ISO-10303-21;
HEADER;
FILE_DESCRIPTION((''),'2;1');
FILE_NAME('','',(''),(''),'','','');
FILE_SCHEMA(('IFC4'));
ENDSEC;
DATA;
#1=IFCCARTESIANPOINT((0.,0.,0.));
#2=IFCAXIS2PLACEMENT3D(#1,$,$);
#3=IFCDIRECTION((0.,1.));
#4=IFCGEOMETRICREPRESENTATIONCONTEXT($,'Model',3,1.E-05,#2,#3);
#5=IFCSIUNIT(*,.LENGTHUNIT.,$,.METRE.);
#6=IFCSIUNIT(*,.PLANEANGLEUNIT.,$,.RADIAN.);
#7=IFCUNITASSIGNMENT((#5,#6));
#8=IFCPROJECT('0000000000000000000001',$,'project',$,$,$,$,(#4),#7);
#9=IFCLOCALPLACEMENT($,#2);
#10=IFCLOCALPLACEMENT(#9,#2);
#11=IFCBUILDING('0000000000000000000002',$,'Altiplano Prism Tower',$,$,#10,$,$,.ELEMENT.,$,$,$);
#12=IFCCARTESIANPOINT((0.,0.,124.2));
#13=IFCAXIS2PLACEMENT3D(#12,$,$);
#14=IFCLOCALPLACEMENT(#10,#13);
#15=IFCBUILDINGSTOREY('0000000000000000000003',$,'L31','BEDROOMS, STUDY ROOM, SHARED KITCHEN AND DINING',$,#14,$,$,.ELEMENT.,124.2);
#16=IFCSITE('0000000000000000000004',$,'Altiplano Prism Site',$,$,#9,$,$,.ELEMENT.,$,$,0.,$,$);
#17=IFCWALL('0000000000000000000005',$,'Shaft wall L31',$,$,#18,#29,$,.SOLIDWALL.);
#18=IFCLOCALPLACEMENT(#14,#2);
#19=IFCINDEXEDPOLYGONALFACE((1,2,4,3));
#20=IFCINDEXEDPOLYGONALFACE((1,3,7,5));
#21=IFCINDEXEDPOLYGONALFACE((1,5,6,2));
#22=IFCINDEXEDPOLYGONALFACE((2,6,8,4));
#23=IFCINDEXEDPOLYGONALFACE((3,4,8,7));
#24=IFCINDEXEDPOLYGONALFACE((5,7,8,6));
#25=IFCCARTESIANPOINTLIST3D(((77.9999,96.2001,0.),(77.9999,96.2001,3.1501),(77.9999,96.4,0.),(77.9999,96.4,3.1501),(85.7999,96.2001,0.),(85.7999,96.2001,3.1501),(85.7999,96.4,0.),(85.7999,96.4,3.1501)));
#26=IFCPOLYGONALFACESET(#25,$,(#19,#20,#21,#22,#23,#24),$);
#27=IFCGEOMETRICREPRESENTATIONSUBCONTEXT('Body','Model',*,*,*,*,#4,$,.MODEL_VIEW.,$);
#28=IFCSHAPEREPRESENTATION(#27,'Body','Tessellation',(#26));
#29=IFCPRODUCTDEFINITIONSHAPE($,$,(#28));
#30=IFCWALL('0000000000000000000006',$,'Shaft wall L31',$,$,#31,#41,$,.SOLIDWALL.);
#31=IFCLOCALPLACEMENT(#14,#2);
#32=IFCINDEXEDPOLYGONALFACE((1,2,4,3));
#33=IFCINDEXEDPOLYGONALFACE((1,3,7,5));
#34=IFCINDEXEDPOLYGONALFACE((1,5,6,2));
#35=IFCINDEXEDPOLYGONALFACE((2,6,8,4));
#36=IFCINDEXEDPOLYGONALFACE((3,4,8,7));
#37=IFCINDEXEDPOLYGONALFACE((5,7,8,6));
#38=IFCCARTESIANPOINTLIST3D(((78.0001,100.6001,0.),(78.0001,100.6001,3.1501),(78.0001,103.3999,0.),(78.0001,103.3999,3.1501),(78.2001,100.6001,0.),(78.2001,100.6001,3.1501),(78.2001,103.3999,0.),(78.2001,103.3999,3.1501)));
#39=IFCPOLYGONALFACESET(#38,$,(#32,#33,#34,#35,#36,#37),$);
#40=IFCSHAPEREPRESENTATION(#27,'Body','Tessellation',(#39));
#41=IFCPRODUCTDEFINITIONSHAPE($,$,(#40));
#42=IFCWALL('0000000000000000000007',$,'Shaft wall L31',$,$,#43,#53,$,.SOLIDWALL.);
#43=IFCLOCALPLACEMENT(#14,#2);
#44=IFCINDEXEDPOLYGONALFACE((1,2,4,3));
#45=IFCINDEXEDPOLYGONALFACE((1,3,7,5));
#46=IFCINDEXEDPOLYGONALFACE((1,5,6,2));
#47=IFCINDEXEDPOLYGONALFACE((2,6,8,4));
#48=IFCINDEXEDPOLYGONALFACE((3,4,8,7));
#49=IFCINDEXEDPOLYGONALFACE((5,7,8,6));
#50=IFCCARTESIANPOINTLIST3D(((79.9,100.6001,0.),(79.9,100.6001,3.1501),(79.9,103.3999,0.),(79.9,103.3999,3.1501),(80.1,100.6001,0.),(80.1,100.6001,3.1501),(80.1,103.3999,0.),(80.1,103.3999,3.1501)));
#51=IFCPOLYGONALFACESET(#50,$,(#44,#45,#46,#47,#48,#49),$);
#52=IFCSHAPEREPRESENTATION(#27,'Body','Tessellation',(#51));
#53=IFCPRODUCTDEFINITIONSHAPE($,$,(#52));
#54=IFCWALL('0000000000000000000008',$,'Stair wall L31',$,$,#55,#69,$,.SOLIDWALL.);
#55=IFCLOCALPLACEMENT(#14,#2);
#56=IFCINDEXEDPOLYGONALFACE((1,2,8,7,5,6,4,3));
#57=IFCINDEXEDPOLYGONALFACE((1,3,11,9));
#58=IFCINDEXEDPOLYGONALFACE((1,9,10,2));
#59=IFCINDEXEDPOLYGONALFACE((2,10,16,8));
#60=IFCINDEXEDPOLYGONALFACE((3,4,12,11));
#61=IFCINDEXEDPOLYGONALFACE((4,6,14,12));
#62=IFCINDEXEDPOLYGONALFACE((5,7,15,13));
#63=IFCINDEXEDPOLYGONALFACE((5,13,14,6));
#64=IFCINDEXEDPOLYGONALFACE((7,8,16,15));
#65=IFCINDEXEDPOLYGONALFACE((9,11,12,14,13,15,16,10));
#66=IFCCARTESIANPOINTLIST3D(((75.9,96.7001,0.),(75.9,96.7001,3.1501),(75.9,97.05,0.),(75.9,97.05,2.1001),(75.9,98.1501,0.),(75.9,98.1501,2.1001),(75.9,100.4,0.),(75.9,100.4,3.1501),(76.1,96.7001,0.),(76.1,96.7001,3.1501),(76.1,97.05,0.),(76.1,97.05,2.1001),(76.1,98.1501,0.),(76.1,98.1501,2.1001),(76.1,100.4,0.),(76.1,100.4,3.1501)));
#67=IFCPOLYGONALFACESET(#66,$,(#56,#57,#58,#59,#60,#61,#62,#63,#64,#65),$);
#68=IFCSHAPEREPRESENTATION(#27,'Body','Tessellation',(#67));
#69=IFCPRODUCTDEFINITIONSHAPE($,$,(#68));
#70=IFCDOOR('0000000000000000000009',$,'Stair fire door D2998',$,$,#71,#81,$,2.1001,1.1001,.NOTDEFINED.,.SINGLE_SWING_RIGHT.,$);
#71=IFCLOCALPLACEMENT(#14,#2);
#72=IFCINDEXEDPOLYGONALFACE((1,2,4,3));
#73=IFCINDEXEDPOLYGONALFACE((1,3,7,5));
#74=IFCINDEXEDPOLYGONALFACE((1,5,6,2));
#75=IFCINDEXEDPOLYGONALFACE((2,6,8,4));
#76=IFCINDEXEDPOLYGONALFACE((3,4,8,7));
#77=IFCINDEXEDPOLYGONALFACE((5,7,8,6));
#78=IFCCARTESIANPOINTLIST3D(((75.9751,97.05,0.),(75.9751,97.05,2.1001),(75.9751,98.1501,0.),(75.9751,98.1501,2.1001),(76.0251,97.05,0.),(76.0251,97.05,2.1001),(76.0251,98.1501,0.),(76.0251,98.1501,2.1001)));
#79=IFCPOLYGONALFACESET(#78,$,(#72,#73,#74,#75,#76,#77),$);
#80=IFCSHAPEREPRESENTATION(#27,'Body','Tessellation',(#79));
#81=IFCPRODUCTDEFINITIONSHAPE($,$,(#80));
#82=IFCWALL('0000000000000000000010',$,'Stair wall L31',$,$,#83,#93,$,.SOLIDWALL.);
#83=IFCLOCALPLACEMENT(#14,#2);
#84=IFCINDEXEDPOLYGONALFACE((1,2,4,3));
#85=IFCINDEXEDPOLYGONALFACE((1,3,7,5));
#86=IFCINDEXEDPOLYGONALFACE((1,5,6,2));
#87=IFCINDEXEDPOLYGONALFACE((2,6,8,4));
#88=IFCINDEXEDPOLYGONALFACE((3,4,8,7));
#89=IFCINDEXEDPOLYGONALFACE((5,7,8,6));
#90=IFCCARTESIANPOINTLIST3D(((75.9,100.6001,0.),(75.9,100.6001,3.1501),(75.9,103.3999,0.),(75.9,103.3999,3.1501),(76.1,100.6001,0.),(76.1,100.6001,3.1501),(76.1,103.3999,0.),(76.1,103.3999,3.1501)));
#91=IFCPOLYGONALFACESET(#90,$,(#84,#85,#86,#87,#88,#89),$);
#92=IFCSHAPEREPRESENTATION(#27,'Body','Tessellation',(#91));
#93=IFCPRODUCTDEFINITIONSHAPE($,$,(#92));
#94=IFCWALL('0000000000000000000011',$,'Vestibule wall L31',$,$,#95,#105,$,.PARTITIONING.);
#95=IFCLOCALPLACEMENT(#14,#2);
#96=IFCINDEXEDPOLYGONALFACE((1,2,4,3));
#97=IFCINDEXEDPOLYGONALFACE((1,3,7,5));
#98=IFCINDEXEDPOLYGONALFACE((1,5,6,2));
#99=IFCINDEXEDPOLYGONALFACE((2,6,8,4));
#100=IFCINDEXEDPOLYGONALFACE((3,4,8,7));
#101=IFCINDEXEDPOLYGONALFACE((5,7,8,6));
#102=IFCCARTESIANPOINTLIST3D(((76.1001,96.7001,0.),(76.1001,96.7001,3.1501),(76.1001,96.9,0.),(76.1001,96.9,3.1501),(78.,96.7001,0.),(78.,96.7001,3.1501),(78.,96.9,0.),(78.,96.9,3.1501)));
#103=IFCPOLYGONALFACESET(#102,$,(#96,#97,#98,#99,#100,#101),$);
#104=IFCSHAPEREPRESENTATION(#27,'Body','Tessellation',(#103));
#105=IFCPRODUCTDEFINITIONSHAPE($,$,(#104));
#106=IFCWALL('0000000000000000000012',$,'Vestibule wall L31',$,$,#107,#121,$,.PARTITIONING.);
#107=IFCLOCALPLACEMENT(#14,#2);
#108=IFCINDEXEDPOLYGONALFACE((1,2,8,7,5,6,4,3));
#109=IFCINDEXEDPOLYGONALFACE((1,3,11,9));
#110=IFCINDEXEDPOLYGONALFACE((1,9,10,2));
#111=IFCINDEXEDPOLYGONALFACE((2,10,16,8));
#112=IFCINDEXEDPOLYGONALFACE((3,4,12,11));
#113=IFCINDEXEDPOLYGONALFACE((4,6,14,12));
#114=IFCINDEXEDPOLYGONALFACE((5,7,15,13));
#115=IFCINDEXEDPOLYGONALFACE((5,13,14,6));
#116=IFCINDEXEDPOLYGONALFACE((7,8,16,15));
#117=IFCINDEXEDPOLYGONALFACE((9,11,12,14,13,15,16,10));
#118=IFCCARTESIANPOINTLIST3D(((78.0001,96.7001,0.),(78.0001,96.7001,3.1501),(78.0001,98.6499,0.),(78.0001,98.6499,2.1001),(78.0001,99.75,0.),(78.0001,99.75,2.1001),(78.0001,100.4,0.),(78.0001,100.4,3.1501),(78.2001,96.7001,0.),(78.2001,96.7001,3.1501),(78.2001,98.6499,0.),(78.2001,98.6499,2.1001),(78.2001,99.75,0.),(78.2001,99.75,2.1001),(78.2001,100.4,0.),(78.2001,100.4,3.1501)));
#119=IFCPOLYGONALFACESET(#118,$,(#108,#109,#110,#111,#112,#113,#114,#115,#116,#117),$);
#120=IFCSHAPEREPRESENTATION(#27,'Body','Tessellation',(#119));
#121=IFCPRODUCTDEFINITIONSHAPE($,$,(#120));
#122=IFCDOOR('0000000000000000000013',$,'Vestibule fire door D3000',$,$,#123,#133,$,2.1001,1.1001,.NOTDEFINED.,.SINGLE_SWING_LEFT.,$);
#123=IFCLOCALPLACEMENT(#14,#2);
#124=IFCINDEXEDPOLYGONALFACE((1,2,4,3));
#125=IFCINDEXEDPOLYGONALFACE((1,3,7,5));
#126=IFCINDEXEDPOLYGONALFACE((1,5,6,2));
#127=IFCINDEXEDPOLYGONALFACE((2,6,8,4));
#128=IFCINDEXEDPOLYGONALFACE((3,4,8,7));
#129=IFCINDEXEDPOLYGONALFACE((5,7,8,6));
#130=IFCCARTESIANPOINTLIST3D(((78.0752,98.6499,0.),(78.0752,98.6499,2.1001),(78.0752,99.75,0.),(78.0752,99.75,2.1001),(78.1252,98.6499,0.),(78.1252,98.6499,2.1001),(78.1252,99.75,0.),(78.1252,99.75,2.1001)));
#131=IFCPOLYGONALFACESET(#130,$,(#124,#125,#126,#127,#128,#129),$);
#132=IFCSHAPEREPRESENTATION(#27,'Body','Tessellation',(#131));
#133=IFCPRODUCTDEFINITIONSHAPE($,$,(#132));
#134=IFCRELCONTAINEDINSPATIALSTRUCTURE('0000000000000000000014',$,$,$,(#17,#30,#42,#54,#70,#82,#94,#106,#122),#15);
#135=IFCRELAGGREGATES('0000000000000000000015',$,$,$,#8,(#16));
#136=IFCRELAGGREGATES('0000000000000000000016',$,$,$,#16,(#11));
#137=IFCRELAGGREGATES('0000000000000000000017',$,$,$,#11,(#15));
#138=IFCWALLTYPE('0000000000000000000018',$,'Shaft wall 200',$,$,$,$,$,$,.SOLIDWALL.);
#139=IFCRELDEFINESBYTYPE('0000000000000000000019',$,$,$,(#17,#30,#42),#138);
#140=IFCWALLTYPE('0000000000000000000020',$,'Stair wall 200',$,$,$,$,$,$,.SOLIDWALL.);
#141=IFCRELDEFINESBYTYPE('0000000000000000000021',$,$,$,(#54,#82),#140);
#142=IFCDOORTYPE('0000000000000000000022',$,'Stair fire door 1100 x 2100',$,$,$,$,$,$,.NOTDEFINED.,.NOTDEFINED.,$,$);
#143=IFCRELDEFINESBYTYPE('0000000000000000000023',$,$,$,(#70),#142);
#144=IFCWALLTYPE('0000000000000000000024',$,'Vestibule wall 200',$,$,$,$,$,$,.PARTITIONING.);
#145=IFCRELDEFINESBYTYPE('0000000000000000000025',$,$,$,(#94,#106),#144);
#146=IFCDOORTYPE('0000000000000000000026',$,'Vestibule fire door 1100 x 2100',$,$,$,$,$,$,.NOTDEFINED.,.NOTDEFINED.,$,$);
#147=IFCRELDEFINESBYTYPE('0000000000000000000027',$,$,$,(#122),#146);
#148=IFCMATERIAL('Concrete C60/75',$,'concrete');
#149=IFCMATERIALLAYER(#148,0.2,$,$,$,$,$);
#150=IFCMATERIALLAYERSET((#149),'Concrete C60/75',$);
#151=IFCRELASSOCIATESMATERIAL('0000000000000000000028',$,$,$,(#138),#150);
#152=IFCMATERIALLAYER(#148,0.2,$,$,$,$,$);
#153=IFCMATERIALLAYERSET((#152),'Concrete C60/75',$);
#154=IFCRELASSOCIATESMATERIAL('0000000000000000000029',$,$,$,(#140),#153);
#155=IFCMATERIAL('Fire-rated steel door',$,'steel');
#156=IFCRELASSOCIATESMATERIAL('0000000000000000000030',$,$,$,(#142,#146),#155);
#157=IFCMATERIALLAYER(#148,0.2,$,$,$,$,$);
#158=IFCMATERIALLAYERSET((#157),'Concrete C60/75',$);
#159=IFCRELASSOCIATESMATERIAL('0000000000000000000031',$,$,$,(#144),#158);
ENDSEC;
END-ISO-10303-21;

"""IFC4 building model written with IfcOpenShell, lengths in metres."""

from ifc_helpers import new_model, si_unit, direction, frame, frame_2d, origin, place, context, subcontext, project, spatial, rectangle, extrude, material, layer, layer_set, type_object, element, fill, save


model = new_model("IFC4")

# Units and contexts
model_context = context("Model", 3, precision=1e-05, world=origin(), true_north=direction((0.0, 1.0)))
body_context = subcontext(model_context, "Body", "Model", "MODEL_VIEW")
ifc_project = project(units=[si_unit("LENGTHUNIT", "METRE"), si_unit("PLANEANGLEUNIT", "RADIAN")], contexts=[model_context])

# Site, building, storey
site_placement = place(None, origin())
site = spatial("IfcSite", under=ifc_project, at=site_placement, Name="Altiplano Prism Site", CompositionType="ELEMENT", RefElevation=0.0)
building_placement = place(site_placement, origin())
building = spatial("IfcBuilding", under=site, at=building_placement, Name="Altiplano Prism Tower", CompositionType="ELEMENT")
storey_placement = place(building_placement, frame((0.0, 0.0, 124.2)))
storey = spatial("IfcBuildingStorey", under=building, at=storey_placement, Name="L31", Description="BEDROOMS, STUDY ROOM, SHARED KITCHEN AND DINING", CompositionType="ELEMENT", Elevation=124.2)

# Walls
ifc_material_1 = material(Name="Concrete C60/75", Category="concrete")
ifc_layer_1 = layer(ifc_material_1, 0.2)
ifc_layer_set_1 = layer_set([ifc_layer_1], Name="Concrete C60/75")
wall_type_1 = type_object("IfcWallType", Name="Shaft wall 200", PredefinedType="SOLIDWALL", material=ifc_layer_set_1)
wall_1_placement = place(storey_placement, frame((78.0, 96.3, 0.0), z_axis=(0.0, 0.0, 1.0), x_axis=(1.0, 0.0, 0.0)))
element("IfcWall", 1, at=wall_1_placement, inside=storey, type_object=wall_type_1, Name="Shaft wall L31", PredefinedType="SOLIDWALL", context=body_context, shape_type="SweptSolid", body=[
    extrude(rectangle(XDim=7.8, YDim=0.2, at=frame_2d((3.8999, 0.0))), origin(), (0.0, 0.0, 1.0), 3.1501),
])
for number, where, z_axis, x_axis, name in (
    (2, (78.1001, 100.6001, 0.0), (0.0, 0.0, 1.0), (0.0, 1.0, 0.0), "Shaft wall L31"),
    (3, (80.0, 100.6001, 0.0), (0.0, 0.0, 1.0), (0.0, 1.0, 0.0), "Shaft wall L31"),
):
    element("IfcWall", number, at=place(storey_placement, frame(where, z_axis=z_axis, x_axis=x_axis)), inside=storey, type_object=wall_type_1, Name=name, PredefinedType="SOLIDWALL", context=body_context, shape_type="SweptSolid", body=[
        extrude(rectangle(XDim=2.7998, YDim=0.2, at=frame_2d((1.3999, 0.0))), origin(), (0.0, 0.0, 1.0), 3.1501),
    ])

# Wall, opening, door
ifc_layer_2 = layer(ifc_material_1, 0.2)
ifc_layer_set_2 = layer_set([ifc_layer_2], Name="Concrete C60/75")
wall_type_2 = type_object("IfcWallType", Name="Stair wall 200", PredefinedType="SOLIDWALL", material=ifc_layer_set_2)
wall_2_placement = place(storey_placement, frame((76.0, 96.7, 0.0), z_axis=(0.0, 0.0, 1.0), x_axis=(0.0, 1.0, 0.0)))
wall_2 = element("IfcWall", 4, at=wall_2_placement, inside=storey, type_object=wall_type_2, Name="Stair wall L31", PredefinedType="SOLIDWALL", context=body_context, shape_type="SweptSolid", body=[
    extrude(rectangle(XDim=3.7, YDim=0.2, at=frame_2d((1.8501, 0.0))), origin(), (0.0, 0.0, 1.0), 3.1501),
])
opening_1_placement = place(wall_2_placement, frame((0.3501, 0.0, 0.0)))
opening_1 = element("IfcOpeningElement", 5, at=opening_1_placement, cuts=wall_2, PredefinedType="OPENING", context=body_context, shape_type="SweptSolid", body=[
    extrude(rectangle(XDim=1.1001, YDim=2.1001, at=frame_2d((0.55, 1.05))), frame((0.0, 0.1104, 0.0), z_axis=(0.0, -1.0, 0.0), x_axis=(1.0, 0.0, 0.0)), (0.0, 0.0, 1.0), 0.2209),
])
ifc_material_2 = material(Name="Fire-rated steel door", Category="steel")
door_type_1 = type_object("IfcDoorType", Name="Stair fire door 1100 x 2100", OperationType="NOTDEFINED", PredefinedType="NOTDEFINED", material=ifc_material_2)
door_1_placement = place(opening_1_placement, origin())
door_1 = element("IfcDoor", 6, at=door_1_placement, inside=storey, type_object=door_type_1, Name="Stair fire door D2998", OperationType="SINGLE_SWING_RIGHT", OverallHeight=2.1001, OverallWidth=1.1001, PredefinedType="NOTDEFINED", context=body_context, shape_type="SweptSolid", body=[
    extrude(rectangle(XDim=1.1001, YDim=2.1001, at=frame_2d((0.55, 1.05))), frame((0.0, 0.0249, 0.0), z_axis=(0.0, -1.0, 0.0), x_axis=(1.0, 0.0, 0.0)), (0.0, 0.0, 1.0), 0.05),
])
fill(opening_1, door_1)

# Walls
wall_3_placement = place(storey_placement, frame((76.0, 100.6001, 0.0), z_axis=(0.0, 0.0, 1.0), x_axis=(0.0, 1.0, 0.0)))
element("IfcWall", 7, at=wall_3_placement, inside=storey, type_object=wall_type_2, Name="Stair wall L31", PredefinedType="SOLIDWALL", context=body_context, shape_type="SweptSolid", body=[
    extrude(rectangle(XDim=2.7998, YDim=0.2, at=frame_2d((1.3999, 0.0))), origin(), (0.0, 0.0, 1.0), 3.1501),
])
ifc_layer_3 = layer(ifc_material_1, 0.2)
ifc_layer_set_3 = layer_set([ifc_layer_3], Name="Concrete C60/75")
wall_type_3 = type_object("IfcWallType", Name="Vestibule wall 200", PredefinedType="PARTITIONING", material=ifc_layer_set_3)
wall_4_placement = place(storey_placement, frame((76.1001, 96.8, 0.0), z_axis=(0.0, 0.0, 1.0), x_axis=(1.0, 0.0, 0.0)))
element("IfcWall", 8, at=wall_4_placement, inside=storey, type_object=wall_type_3, Name="Vestibule wall L31", PredefinedType="PARTITIONING", context=body_context, shape_type="SweptSolid", body=[
    extrude(rectangle(XDim=1.8999, YDim=0.2, at=frame_2d((0.95, 0.0))), origin(), (0.0, 0.0, 1.0), 3.1501),
])

# Wall, opening, door
wall_5_placement = place(storey_placement, frame((78.1001, 96.7, 0.0), z_axis=(0.0, 0.0, 1.0), x_axis=(0.0, 1.0, 0.0)))
wall_5 = element("IfcWall", 9, at=wall_5_placement, inside=storey, type_object=wall_type_3, Name="Vestibule wall L31", PredefinedType="PARTITIONING", context=body_context, shape_type="SweptSolid", body=[
    extrude(rectangle(XDim=3.7, YDim=0.2, at=frame_2d((1.8501, 0.0))), origin(), (0.0, 0.0, 1.0), 3.1501),
])
opening_2_placement = place(wall_5_placement, frame((1.95, 0.0, 0.0)))
opening_2 = element("IfcOpeningElement", 10, at=opening_2_placement, cuts=wall_5, PredefinedType="OPENING", context=body_context, shape_type="SweptSolid", body=[
    extrude(rectangle(XDim=1.1001, YDim=2.1001, at=frame_2d((0.55, 1.05))), frame((0.0, 0.1104, 0.0), z_axis=(0.0, -1.0, 0.0), x_axis=(1.0, 0.0, 0.0)), (0.0, 0.0, 1.0), 0.2209),
])
door_type_2 = type_object("IfcDoorType", Name="Vestibule fire door 1100 x 2100", OperationType="NOTDEFINED", PredefinedType="NOTDEFINED", material=ifc_material_2)
door_2_placement = place(opening_2_placement, origin())
door_2 = element("IfcDoor", 11, at=door_2_placement, inside=storey, type_object=door_type_2, Name="Vestibule fire door D3000", OperationType="SINGLE_SWING_LEFT", OverallHeight=2.1001, OverallWidth=1.1001, PredefinedType="NOTDEFINED", context=body_context, shape_type="SweptSolid", body=[
    extrude(rectangle(XDim=1.1001, YDim=2.1001, at=frame_2d((0.55, 1.05))), frame((0.0, 0.0249, 0.0), z_axis=(0.0, -1.0, 0.0), x_axis=(1.0, 0.0, 0.0)), (0.0, 0.0, 1.0), 0.05),
])
fill(opening_2, door_2)

save(model, "model.ifc")
